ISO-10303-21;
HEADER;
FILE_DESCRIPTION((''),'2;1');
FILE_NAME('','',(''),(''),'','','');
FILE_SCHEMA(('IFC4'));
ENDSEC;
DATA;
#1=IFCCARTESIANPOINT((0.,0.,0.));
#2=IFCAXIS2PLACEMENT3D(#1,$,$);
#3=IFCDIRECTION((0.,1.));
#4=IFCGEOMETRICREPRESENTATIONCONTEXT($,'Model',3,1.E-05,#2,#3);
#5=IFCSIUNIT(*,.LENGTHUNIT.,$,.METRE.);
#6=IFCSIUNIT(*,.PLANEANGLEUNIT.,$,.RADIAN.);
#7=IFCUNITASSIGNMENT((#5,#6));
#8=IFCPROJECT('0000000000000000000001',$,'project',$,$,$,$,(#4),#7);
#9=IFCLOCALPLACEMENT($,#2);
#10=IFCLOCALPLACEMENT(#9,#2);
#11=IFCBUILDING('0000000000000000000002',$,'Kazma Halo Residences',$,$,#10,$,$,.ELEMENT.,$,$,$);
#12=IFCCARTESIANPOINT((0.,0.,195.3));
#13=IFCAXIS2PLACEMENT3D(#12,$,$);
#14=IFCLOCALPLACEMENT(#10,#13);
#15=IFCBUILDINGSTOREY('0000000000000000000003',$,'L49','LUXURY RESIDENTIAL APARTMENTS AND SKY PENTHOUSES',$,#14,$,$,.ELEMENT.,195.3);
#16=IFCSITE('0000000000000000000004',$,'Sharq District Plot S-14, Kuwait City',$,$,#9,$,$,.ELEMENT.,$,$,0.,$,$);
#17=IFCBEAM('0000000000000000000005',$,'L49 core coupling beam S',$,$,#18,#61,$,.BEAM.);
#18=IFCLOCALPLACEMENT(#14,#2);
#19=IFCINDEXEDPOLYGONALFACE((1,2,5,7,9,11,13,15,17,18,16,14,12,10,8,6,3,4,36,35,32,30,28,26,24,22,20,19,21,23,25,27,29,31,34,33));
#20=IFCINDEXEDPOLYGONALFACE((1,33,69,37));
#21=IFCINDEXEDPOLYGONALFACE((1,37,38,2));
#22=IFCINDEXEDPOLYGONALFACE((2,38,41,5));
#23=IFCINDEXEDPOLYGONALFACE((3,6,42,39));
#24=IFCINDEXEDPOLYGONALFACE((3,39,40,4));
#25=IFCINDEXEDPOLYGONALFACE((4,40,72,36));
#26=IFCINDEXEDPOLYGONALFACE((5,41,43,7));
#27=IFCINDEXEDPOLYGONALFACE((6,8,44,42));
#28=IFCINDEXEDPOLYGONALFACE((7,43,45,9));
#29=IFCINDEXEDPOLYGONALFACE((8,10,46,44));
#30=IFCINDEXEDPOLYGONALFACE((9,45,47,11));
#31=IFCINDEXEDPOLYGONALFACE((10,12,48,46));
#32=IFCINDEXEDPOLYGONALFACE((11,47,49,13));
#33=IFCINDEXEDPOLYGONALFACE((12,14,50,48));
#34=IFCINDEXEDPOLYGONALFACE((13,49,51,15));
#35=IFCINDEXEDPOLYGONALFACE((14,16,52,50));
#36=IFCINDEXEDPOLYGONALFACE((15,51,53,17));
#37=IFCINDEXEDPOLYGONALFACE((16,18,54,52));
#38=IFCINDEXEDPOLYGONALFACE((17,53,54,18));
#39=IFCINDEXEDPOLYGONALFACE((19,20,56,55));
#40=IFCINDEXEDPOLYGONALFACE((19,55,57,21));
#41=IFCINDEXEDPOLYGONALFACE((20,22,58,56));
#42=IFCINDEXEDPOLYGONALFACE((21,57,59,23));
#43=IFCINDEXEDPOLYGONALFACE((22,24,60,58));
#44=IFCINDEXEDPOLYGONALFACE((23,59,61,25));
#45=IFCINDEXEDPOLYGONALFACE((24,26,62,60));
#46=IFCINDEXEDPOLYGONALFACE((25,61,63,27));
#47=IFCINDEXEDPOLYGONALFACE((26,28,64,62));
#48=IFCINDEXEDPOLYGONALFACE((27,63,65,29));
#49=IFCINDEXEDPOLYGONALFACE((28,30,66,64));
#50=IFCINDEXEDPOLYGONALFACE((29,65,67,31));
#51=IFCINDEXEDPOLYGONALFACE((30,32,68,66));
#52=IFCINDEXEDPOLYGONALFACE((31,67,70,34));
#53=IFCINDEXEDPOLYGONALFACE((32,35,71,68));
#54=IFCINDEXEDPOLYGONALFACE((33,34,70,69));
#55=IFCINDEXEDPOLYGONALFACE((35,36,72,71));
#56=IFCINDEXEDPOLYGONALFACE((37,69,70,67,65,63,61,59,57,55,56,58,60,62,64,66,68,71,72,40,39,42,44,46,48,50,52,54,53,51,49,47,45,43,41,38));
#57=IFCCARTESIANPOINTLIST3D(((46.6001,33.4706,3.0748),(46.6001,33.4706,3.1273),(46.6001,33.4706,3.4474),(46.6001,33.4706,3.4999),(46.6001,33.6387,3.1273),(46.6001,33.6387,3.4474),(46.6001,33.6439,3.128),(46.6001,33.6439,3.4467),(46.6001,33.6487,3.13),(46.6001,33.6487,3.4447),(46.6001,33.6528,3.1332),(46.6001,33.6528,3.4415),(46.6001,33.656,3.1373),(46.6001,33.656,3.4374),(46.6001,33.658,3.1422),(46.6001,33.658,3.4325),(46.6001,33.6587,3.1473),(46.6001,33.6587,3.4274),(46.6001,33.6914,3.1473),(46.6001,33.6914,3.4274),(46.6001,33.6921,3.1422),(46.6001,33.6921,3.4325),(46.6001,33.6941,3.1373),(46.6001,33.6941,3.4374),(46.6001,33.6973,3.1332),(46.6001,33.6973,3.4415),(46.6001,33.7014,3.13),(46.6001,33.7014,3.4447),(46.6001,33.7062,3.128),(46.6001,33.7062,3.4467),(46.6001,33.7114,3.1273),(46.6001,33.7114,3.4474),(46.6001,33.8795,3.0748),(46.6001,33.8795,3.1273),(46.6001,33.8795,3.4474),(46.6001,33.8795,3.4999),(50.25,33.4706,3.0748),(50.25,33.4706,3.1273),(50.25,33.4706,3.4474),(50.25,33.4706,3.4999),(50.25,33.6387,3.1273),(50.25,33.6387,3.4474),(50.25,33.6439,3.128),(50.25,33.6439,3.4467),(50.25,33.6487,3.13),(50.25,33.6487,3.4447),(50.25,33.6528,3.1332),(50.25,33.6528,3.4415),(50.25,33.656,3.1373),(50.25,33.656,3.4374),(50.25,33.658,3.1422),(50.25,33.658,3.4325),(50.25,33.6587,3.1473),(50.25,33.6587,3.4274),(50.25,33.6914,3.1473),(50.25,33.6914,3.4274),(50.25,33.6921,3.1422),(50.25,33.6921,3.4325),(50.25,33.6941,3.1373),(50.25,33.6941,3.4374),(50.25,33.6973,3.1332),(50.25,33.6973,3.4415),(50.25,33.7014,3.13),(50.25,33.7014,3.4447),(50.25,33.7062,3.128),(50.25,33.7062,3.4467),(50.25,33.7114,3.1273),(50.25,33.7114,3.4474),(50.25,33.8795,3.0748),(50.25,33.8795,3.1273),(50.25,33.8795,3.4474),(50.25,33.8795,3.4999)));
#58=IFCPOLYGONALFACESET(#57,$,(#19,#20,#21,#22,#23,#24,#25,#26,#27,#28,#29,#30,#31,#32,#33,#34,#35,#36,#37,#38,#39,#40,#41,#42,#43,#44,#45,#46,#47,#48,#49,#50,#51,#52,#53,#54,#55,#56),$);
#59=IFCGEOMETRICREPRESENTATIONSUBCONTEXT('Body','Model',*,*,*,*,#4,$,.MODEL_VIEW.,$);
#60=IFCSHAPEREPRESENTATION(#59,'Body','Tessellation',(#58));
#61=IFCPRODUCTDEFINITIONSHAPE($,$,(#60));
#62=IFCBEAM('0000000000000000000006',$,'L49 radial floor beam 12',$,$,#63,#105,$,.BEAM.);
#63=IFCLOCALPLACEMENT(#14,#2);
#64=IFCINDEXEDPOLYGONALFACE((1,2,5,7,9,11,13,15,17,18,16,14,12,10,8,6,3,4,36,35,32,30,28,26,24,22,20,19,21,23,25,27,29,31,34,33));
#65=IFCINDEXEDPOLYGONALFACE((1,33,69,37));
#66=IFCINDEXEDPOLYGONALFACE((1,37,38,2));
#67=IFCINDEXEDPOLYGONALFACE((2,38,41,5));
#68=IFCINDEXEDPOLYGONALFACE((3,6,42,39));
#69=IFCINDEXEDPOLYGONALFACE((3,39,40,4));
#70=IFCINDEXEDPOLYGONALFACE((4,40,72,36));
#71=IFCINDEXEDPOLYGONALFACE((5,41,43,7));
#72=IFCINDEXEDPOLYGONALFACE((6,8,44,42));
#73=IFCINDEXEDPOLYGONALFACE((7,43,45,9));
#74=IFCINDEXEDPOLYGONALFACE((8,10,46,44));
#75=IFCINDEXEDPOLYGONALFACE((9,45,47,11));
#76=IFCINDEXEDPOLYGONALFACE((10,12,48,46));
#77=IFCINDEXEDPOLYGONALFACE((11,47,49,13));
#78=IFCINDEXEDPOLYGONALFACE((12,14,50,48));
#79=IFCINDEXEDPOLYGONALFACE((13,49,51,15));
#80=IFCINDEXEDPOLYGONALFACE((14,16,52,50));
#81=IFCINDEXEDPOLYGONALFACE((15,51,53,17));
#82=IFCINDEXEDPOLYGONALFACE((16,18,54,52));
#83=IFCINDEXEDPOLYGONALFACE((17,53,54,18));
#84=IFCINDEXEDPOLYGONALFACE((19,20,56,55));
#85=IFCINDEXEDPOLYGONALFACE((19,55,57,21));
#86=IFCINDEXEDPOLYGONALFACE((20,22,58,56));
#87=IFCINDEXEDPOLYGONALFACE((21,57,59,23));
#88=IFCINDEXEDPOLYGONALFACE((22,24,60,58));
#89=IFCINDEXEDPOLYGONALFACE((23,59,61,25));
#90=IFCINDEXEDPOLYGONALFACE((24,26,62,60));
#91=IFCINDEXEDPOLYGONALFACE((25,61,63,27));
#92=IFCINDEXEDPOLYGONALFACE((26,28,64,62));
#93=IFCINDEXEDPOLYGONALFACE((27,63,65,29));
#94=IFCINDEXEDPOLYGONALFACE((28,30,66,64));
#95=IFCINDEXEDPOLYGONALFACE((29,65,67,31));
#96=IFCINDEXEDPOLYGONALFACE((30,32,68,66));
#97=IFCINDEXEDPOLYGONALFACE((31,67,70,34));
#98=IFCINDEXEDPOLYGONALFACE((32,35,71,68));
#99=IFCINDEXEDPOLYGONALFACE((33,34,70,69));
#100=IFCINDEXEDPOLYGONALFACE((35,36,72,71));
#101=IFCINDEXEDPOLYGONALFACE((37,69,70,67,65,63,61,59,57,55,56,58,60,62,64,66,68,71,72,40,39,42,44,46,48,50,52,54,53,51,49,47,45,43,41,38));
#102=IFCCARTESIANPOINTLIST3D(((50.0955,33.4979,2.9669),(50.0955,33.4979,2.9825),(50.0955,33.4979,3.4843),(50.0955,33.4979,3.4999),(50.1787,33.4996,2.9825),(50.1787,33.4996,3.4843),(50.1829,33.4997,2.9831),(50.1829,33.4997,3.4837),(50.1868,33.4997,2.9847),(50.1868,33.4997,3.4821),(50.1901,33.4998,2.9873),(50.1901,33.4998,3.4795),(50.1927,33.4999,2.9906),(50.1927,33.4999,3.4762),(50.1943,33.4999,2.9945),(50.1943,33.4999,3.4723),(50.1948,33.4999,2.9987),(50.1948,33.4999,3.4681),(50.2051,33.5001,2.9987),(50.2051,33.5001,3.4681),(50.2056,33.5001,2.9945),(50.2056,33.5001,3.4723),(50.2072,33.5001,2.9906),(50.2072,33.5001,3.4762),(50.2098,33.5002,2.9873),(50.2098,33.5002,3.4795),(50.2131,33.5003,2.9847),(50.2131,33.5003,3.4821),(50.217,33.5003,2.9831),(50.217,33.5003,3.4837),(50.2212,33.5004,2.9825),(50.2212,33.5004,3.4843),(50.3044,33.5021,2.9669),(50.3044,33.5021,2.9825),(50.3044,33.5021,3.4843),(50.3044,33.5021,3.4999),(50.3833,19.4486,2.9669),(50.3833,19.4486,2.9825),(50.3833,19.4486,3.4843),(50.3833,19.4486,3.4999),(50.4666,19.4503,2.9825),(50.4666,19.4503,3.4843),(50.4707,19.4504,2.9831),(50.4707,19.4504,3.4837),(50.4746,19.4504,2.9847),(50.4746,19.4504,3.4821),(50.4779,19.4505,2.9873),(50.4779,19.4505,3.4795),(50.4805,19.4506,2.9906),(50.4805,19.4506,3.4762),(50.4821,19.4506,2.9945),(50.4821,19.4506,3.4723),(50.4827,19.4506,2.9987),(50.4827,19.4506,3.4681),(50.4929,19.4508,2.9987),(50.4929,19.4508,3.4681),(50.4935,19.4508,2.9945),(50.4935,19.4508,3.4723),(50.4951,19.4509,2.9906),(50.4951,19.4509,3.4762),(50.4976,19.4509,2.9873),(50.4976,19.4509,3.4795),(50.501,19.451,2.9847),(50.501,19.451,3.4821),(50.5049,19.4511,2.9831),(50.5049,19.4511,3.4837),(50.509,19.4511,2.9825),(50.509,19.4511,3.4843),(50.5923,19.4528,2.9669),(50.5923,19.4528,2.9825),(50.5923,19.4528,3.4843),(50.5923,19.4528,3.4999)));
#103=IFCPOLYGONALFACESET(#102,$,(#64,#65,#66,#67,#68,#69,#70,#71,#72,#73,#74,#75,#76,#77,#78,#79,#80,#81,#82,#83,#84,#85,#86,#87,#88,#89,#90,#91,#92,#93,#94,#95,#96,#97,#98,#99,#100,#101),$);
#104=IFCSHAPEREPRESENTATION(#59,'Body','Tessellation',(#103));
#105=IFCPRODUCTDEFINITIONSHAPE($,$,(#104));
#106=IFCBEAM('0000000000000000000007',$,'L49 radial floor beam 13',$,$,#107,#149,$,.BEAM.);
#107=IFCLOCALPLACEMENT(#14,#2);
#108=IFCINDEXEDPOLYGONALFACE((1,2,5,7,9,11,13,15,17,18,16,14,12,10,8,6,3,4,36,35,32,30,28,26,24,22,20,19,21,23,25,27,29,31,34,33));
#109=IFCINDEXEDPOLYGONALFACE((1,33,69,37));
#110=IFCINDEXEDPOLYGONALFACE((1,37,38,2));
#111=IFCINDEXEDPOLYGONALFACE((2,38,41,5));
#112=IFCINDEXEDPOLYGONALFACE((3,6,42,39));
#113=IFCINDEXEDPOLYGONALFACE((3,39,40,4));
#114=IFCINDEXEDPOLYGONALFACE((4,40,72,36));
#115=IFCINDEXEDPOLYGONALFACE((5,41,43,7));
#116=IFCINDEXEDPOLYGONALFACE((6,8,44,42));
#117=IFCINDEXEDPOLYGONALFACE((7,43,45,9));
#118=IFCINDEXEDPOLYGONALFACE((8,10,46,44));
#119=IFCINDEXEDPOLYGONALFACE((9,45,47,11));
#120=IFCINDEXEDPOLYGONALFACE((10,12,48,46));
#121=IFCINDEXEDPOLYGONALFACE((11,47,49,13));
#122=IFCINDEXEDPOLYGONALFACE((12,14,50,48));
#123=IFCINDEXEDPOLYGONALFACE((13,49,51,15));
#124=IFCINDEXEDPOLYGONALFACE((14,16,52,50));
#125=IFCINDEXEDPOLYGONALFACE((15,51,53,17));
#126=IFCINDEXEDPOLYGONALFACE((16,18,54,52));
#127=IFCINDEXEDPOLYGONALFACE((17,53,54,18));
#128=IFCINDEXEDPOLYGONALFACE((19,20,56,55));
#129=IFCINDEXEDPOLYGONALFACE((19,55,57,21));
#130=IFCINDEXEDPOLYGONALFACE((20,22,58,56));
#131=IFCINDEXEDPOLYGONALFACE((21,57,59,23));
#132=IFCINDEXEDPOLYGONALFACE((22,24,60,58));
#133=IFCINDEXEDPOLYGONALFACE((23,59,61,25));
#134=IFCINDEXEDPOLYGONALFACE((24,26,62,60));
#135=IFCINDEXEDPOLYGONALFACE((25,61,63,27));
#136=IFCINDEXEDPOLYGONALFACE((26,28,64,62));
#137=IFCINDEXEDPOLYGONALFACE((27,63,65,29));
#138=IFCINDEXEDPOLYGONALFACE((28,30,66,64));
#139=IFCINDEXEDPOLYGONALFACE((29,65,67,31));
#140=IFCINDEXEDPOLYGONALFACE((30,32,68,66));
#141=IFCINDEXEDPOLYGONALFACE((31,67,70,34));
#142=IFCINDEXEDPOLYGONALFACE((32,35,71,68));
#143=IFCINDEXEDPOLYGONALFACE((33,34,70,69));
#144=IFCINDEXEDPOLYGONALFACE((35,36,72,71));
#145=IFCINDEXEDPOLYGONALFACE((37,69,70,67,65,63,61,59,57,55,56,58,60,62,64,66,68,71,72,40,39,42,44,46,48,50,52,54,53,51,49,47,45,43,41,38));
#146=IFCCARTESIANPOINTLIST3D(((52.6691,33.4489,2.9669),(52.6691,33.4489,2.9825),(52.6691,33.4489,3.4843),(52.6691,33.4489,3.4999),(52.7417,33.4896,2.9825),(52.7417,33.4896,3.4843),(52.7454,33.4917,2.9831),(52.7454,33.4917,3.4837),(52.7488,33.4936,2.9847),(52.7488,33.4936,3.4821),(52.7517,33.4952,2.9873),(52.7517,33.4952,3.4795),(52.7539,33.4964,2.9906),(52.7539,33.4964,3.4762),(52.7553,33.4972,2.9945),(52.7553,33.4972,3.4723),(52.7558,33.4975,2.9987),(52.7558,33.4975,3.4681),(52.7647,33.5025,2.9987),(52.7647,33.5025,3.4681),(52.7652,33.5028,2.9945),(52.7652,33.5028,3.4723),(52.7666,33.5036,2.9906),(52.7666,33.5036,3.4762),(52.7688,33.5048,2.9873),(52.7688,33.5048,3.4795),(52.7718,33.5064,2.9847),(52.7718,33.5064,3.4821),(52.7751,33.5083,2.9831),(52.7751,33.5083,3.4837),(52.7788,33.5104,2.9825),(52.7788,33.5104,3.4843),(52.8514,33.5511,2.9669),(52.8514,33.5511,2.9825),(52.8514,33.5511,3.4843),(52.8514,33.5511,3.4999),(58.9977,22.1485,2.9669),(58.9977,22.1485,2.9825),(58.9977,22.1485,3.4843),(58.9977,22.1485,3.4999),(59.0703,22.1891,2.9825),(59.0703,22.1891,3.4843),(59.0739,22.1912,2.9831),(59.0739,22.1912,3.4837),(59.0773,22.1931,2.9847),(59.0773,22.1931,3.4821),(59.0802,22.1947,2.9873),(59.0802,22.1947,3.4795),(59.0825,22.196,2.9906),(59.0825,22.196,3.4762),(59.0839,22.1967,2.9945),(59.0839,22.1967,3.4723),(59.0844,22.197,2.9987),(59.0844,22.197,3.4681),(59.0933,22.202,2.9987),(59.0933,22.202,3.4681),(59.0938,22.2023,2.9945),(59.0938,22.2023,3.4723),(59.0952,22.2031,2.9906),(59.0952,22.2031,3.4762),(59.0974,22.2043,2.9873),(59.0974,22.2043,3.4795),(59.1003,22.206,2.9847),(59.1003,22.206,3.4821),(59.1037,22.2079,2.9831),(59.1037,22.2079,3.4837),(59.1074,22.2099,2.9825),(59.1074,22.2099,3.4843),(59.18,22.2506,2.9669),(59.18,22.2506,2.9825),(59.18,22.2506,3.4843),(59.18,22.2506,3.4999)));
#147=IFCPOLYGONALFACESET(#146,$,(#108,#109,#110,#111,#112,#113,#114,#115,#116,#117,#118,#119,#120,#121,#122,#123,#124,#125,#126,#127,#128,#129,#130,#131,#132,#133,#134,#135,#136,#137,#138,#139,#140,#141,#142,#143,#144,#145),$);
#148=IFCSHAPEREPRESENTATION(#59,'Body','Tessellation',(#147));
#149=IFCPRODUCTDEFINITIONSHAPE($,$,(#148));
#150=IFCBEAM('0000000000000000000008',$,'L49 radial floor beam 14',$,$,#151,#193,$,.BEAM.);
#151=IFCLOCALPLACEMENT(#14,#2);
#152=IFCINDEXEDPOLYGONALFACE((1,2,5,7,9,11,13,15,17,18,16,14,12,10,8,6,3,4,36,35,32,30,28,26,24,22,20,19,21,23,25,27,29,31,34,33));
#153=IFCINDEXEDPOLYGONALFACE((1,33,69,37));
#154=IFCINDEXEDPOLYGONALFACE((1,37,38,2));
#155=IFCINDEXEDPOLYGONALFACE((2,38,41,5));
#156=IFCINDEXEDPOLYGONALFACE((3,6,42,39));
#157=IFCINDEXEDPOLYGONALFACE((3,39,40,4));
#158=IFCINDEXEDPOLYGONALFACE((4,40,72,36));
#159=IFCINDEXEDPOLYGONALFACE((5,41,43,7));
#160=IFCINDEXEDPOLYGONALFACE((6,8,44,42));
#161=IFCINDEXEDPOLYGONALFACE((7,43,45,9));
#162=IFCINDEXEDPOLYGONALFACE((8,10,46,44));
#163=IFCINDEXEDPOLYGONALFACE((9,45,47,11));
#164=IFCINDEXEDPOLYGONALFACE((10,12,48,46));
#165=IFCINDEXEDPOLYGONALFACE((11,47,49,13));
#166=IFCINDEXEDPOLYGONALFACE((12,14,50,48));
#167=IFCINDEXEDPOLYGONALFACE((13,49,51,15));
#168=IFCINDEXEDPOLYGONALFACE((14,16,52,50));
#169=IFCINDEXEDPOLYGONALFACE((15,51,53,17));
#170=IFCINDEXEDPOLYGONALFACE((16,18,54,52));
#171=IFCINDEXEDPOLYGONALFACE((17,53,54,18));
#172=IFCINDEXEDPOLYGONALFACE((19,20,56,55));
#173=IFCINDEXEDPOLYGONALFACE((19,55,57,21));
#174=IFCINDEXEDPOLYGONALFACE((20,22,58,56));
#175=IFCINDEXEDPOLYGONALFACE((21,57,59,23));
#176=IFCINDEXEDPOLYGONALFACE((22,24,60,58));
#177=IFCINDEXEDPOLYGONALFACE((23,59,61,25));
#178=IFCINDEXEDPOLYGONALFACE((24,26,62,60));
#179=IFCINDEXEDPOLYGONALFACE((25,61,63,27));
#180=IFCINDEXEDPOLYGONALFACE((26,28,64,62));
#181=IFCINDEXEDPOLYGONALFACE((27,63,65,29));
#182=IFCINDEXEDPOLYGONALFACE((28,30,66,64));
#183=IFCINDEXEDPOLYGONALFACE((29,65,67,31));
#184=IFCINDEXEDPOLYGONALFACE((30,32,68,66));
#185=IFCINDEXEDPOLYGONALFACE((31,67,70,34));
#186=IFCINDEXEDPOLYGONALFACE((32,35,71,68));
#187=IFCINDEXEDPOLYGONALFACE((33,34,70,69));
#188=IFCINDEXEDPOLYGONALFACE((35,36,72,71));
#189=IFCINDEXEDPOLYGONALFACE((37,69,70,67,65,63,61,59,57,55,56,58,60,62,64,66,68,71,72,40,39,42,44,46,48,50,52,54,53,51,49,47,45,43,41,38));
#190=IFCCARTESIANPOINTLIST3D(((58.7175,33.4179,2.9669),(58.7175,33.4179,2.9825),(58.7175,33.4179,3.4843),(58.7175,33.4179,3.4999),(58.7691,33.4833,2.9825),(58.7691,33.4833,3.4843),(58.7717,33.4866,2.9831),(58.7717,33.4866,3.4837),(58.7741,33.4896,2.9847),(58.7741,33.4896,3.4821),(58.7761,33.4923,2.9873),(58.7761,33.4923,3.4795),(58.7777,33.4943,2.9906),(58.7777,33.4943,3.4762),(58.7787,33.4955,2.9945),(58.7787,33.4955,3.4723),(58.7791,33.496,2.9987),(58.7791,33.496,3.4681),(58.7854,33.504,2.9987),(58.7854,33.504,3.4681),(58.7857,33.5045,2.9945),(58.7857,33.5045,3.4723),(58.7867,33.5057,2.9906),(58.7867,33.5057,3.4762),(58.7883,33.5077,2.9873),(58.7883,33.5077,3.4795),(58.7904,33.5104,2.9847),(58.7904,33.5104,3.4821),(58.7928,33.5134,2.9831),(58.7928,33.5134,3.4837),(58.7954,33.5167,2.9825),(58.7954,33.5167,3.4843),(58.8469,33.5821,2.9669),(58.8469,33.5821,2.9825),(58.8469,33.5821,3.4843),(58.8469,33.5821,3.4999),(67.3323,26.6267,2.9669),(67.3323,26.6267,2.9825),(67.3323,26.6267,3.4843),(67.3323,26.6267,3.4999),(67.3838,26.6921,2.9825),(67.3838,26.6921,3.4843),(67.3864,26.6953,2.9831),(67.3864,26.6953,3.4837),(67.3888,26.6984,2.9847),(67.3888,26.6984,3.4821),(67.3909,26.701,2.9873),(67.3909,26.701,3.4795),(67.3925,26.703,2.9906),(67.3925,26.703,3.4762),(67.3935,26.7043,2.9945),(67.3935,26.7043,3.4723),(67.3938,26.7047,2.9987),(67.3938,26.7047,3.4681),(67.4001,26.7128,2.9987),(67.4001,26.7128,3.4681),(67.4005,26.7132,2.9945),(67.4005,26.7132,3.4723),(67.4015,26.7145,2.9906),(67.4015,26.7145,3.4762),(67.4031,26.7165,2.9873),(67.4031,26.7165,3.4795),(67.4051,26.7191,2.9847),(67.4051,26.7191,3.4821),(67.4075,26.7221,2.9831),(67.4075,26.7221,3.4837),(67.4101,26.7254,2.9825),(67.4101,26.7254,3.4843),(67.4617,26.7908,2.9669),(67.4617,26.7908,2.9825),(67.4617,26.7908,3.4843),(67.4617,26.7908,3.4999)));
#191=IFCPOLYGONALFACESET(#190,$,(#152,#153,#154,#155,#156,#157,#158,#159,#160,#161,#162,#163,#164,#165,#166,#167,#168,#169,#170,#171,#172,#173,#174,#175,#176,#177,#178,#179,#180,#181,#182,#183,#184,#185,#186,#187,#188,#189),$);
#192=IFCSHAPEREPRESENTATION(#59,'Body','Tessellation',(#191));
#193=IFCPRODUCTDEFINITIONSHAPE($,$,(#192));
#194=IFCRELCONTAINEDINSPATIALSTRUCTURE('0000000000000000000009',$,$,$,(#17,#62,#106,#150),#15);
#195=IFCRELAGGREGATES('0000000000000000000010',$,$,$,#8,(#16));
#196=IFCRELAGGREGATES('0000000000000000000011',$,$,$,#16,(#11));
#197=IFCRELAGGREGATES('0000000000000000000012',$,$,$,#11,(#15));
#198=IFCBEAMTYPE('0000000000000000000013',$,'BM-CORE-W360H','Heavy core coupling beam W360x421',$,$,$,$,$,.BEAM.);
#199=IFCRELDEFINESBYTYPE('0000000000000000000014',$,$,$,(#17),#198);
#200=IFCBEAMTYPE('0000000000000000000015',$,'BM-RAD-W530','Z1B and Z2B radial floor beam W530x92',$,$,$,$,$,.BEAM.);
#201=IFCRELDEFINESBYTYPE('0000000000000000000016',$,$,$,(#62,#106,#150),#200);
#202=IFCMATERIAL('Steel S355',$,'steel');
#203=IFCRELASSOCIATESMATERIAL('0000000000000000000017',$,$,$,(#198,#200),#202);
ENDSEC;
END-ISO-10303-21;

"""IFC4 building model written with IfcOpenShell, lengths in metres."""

from ifc_helpers import new_model, si_unit, direction, frame, origin, origin_2d, place, context, subcontext, project, spatial, i_section, extrude, material, material_profile, profile_set, type_object, element, save


model = new_model("IFC4")

# Units and contexts
model_context = context("Model", 3, precision=1e-05, world=origin(), true_north=direction((0.0, 1.0)))
body_context = subcontext(model_context, "Body", "Model", "MODEL_VIEW")
ifc_project = project(units=[si_unit("LENGTHUNIT", "METRE"), si_unit("PLANEANGLEUNIT", "RADIAN")], contexts=[model_context])

# Site, building, storey
site_placement = place(None, origin())
site = spatial("IfcSite", under=ifc_project, at=site_placement, Name="Sharq District Plot S-14, Kuwait City", CompositionType="ELEMENT", RefElevation=0.0)
building_placement = place(site_placement, origin())
building = spatial("IfcBuilding", under=site, at=building_placement, Name="Kazma Halo Residences", CompositionType="ELEMENT")
storey_placement = place(building_placement, frame((0.0, 0.0, 195.3)))
storey = spatial("IfcBuildingStorey", under=building, at=storey_placement, Name="L49", Description="LUXURY RESIDENTIAL APARTMENTS AND SKY PENTHOUSES", CompositionType="ELEMENT", Elevation=195.3)

# Beams
ifc_material_1 = material(Name="Steel S355", Category="steel")
ifc_material_profile_1 = material_profile(ifc_material_1, i_section(OverallWidth=0.4089, OverallDepth=0.425, WebThickness=0.0327, FlangeThickness=0.0525, FilletRadius=0.02, at=origin_2d()), Name="W360x421")
ifc_profile_set_1 = profile_set([ifc_material_profile_1], Name="Steel S355")
beam_type_1 = type_object("IfcBeamType", Name="BM-CORE-W360H", Description="Heavy core coupling beam W360x421", PredefinedType="BEAM", material=ifc_profile_set_1)
beam_1_placement = place(storey_placement, frame((46.6001, 33.675, 3.2874), z_axis=(1.0, 0.0, 0.0), x_axis=(0.0, 1.0, 0.0)))
element("IfcBeam", 1, at=beam_1_placement, inside=storey, type_object=beam_type_1, Name="L49 core coupling beam S", PredefinedType="BEAM", context=body_context, shape_type="SweptSolid", body=[
    extrude(i_section(OverallWidth=0.4089, OverallDepth=0.425, WebThickness=0.0327, FlangeThickness=0.0525, FilletRadius=0.02, at=origin_2d()), origin(), (0.0, 0.0, 1.0), 3.6499),
])
ifc_material_profile_2 = material_profile(ifc_material_1, i_section(OverallWidth=0.209, OverallDepth=0.533, WebThickness=0.0103, FlangeThickness=0.0156, FilletRadius=0.0161, at=origin_2d()), Name="W530x92")
ifc_profile_set_2 = profile_set([ifc_material_profile_2], Name="Steel S355")
beam_type_2 = type_object("IfcBeamType", Name="BM-RAD-W530", Description="Z1B and Z2B radial floor beam W530x92", PredefinedType="BEAM", material=ifc_profile_set_2)
beam_2_placement = place(storey_placement, frame((50.2, 33.5, 3.2334), z_axis=(0.020484, -0.99979, 0.0), x_axis=(0.99979, 0.020484, 0.0)))
element("IfcBeam", 2, at=beam_2_placement, inside=storey, type_object=beam_type_2, Name="L49 radial floor beam 12", PredefinedType="BEAM", context=body_context, shape_type="SweptSolid", body=[
    extrude(i_section(OverallWidth=0.209, OverallDepth=0.533, WebThickness=0.0103, FlangeThickness=0.0156, FilletRadius=0.0161, at=origin_2d()), origin(), (0.0, 0.0, 1.0), 14.0522),
])
beam_3_placement = place(storey_placement, frame((52.7603, 33.5, 3.2334), z_axis=(0.488622, -0.872496, 0.0), x_axis=(0.872496, 0.488622, 0.0)))
element("IfcBeam", 3, at=beam_3_placement, inside=storey, type_object=beam_type_2, Name="L49 radial floor beam 13", PredefinedType="BEAM", context=body_context, shape_type="SweptSolid", body=[
    extrude(i_section(OverallWidth=0.209, OverallDepth=0.533, WebThickness=0.0103, FlangeThickness=0.0156, FilletRadius=0.0161, at=origin_2d()), origin(), (0.0, 0.0, 1.0), 12.9519),
])
beam_4_placement = place(storey_placement, frame((58.7822, 33.5, 3.2334), z_axis=(0.78532, -0.619091, 0.0), x_axis=(0.619091, 0.78532, 0.0)))
element("IfcBeam", 4, at=beam_4_placement, inside=storey, type_object=beam_type_2, Name="L49 radial floor beam 14", PredefinedType="BEAM", context=body_context, shape_type="SweptSolid", body=[
    extrude(i_section(OverallWidth=0.209, OverallDepth=0.533, WebThickness=0.0103, FlangeThickness=0.0156, FilletRadius=0.0161, at=origin_2d()), origin(), (0.0, 0.0, 1.0), 10.9697),
])

save(model, "model.ifc")
